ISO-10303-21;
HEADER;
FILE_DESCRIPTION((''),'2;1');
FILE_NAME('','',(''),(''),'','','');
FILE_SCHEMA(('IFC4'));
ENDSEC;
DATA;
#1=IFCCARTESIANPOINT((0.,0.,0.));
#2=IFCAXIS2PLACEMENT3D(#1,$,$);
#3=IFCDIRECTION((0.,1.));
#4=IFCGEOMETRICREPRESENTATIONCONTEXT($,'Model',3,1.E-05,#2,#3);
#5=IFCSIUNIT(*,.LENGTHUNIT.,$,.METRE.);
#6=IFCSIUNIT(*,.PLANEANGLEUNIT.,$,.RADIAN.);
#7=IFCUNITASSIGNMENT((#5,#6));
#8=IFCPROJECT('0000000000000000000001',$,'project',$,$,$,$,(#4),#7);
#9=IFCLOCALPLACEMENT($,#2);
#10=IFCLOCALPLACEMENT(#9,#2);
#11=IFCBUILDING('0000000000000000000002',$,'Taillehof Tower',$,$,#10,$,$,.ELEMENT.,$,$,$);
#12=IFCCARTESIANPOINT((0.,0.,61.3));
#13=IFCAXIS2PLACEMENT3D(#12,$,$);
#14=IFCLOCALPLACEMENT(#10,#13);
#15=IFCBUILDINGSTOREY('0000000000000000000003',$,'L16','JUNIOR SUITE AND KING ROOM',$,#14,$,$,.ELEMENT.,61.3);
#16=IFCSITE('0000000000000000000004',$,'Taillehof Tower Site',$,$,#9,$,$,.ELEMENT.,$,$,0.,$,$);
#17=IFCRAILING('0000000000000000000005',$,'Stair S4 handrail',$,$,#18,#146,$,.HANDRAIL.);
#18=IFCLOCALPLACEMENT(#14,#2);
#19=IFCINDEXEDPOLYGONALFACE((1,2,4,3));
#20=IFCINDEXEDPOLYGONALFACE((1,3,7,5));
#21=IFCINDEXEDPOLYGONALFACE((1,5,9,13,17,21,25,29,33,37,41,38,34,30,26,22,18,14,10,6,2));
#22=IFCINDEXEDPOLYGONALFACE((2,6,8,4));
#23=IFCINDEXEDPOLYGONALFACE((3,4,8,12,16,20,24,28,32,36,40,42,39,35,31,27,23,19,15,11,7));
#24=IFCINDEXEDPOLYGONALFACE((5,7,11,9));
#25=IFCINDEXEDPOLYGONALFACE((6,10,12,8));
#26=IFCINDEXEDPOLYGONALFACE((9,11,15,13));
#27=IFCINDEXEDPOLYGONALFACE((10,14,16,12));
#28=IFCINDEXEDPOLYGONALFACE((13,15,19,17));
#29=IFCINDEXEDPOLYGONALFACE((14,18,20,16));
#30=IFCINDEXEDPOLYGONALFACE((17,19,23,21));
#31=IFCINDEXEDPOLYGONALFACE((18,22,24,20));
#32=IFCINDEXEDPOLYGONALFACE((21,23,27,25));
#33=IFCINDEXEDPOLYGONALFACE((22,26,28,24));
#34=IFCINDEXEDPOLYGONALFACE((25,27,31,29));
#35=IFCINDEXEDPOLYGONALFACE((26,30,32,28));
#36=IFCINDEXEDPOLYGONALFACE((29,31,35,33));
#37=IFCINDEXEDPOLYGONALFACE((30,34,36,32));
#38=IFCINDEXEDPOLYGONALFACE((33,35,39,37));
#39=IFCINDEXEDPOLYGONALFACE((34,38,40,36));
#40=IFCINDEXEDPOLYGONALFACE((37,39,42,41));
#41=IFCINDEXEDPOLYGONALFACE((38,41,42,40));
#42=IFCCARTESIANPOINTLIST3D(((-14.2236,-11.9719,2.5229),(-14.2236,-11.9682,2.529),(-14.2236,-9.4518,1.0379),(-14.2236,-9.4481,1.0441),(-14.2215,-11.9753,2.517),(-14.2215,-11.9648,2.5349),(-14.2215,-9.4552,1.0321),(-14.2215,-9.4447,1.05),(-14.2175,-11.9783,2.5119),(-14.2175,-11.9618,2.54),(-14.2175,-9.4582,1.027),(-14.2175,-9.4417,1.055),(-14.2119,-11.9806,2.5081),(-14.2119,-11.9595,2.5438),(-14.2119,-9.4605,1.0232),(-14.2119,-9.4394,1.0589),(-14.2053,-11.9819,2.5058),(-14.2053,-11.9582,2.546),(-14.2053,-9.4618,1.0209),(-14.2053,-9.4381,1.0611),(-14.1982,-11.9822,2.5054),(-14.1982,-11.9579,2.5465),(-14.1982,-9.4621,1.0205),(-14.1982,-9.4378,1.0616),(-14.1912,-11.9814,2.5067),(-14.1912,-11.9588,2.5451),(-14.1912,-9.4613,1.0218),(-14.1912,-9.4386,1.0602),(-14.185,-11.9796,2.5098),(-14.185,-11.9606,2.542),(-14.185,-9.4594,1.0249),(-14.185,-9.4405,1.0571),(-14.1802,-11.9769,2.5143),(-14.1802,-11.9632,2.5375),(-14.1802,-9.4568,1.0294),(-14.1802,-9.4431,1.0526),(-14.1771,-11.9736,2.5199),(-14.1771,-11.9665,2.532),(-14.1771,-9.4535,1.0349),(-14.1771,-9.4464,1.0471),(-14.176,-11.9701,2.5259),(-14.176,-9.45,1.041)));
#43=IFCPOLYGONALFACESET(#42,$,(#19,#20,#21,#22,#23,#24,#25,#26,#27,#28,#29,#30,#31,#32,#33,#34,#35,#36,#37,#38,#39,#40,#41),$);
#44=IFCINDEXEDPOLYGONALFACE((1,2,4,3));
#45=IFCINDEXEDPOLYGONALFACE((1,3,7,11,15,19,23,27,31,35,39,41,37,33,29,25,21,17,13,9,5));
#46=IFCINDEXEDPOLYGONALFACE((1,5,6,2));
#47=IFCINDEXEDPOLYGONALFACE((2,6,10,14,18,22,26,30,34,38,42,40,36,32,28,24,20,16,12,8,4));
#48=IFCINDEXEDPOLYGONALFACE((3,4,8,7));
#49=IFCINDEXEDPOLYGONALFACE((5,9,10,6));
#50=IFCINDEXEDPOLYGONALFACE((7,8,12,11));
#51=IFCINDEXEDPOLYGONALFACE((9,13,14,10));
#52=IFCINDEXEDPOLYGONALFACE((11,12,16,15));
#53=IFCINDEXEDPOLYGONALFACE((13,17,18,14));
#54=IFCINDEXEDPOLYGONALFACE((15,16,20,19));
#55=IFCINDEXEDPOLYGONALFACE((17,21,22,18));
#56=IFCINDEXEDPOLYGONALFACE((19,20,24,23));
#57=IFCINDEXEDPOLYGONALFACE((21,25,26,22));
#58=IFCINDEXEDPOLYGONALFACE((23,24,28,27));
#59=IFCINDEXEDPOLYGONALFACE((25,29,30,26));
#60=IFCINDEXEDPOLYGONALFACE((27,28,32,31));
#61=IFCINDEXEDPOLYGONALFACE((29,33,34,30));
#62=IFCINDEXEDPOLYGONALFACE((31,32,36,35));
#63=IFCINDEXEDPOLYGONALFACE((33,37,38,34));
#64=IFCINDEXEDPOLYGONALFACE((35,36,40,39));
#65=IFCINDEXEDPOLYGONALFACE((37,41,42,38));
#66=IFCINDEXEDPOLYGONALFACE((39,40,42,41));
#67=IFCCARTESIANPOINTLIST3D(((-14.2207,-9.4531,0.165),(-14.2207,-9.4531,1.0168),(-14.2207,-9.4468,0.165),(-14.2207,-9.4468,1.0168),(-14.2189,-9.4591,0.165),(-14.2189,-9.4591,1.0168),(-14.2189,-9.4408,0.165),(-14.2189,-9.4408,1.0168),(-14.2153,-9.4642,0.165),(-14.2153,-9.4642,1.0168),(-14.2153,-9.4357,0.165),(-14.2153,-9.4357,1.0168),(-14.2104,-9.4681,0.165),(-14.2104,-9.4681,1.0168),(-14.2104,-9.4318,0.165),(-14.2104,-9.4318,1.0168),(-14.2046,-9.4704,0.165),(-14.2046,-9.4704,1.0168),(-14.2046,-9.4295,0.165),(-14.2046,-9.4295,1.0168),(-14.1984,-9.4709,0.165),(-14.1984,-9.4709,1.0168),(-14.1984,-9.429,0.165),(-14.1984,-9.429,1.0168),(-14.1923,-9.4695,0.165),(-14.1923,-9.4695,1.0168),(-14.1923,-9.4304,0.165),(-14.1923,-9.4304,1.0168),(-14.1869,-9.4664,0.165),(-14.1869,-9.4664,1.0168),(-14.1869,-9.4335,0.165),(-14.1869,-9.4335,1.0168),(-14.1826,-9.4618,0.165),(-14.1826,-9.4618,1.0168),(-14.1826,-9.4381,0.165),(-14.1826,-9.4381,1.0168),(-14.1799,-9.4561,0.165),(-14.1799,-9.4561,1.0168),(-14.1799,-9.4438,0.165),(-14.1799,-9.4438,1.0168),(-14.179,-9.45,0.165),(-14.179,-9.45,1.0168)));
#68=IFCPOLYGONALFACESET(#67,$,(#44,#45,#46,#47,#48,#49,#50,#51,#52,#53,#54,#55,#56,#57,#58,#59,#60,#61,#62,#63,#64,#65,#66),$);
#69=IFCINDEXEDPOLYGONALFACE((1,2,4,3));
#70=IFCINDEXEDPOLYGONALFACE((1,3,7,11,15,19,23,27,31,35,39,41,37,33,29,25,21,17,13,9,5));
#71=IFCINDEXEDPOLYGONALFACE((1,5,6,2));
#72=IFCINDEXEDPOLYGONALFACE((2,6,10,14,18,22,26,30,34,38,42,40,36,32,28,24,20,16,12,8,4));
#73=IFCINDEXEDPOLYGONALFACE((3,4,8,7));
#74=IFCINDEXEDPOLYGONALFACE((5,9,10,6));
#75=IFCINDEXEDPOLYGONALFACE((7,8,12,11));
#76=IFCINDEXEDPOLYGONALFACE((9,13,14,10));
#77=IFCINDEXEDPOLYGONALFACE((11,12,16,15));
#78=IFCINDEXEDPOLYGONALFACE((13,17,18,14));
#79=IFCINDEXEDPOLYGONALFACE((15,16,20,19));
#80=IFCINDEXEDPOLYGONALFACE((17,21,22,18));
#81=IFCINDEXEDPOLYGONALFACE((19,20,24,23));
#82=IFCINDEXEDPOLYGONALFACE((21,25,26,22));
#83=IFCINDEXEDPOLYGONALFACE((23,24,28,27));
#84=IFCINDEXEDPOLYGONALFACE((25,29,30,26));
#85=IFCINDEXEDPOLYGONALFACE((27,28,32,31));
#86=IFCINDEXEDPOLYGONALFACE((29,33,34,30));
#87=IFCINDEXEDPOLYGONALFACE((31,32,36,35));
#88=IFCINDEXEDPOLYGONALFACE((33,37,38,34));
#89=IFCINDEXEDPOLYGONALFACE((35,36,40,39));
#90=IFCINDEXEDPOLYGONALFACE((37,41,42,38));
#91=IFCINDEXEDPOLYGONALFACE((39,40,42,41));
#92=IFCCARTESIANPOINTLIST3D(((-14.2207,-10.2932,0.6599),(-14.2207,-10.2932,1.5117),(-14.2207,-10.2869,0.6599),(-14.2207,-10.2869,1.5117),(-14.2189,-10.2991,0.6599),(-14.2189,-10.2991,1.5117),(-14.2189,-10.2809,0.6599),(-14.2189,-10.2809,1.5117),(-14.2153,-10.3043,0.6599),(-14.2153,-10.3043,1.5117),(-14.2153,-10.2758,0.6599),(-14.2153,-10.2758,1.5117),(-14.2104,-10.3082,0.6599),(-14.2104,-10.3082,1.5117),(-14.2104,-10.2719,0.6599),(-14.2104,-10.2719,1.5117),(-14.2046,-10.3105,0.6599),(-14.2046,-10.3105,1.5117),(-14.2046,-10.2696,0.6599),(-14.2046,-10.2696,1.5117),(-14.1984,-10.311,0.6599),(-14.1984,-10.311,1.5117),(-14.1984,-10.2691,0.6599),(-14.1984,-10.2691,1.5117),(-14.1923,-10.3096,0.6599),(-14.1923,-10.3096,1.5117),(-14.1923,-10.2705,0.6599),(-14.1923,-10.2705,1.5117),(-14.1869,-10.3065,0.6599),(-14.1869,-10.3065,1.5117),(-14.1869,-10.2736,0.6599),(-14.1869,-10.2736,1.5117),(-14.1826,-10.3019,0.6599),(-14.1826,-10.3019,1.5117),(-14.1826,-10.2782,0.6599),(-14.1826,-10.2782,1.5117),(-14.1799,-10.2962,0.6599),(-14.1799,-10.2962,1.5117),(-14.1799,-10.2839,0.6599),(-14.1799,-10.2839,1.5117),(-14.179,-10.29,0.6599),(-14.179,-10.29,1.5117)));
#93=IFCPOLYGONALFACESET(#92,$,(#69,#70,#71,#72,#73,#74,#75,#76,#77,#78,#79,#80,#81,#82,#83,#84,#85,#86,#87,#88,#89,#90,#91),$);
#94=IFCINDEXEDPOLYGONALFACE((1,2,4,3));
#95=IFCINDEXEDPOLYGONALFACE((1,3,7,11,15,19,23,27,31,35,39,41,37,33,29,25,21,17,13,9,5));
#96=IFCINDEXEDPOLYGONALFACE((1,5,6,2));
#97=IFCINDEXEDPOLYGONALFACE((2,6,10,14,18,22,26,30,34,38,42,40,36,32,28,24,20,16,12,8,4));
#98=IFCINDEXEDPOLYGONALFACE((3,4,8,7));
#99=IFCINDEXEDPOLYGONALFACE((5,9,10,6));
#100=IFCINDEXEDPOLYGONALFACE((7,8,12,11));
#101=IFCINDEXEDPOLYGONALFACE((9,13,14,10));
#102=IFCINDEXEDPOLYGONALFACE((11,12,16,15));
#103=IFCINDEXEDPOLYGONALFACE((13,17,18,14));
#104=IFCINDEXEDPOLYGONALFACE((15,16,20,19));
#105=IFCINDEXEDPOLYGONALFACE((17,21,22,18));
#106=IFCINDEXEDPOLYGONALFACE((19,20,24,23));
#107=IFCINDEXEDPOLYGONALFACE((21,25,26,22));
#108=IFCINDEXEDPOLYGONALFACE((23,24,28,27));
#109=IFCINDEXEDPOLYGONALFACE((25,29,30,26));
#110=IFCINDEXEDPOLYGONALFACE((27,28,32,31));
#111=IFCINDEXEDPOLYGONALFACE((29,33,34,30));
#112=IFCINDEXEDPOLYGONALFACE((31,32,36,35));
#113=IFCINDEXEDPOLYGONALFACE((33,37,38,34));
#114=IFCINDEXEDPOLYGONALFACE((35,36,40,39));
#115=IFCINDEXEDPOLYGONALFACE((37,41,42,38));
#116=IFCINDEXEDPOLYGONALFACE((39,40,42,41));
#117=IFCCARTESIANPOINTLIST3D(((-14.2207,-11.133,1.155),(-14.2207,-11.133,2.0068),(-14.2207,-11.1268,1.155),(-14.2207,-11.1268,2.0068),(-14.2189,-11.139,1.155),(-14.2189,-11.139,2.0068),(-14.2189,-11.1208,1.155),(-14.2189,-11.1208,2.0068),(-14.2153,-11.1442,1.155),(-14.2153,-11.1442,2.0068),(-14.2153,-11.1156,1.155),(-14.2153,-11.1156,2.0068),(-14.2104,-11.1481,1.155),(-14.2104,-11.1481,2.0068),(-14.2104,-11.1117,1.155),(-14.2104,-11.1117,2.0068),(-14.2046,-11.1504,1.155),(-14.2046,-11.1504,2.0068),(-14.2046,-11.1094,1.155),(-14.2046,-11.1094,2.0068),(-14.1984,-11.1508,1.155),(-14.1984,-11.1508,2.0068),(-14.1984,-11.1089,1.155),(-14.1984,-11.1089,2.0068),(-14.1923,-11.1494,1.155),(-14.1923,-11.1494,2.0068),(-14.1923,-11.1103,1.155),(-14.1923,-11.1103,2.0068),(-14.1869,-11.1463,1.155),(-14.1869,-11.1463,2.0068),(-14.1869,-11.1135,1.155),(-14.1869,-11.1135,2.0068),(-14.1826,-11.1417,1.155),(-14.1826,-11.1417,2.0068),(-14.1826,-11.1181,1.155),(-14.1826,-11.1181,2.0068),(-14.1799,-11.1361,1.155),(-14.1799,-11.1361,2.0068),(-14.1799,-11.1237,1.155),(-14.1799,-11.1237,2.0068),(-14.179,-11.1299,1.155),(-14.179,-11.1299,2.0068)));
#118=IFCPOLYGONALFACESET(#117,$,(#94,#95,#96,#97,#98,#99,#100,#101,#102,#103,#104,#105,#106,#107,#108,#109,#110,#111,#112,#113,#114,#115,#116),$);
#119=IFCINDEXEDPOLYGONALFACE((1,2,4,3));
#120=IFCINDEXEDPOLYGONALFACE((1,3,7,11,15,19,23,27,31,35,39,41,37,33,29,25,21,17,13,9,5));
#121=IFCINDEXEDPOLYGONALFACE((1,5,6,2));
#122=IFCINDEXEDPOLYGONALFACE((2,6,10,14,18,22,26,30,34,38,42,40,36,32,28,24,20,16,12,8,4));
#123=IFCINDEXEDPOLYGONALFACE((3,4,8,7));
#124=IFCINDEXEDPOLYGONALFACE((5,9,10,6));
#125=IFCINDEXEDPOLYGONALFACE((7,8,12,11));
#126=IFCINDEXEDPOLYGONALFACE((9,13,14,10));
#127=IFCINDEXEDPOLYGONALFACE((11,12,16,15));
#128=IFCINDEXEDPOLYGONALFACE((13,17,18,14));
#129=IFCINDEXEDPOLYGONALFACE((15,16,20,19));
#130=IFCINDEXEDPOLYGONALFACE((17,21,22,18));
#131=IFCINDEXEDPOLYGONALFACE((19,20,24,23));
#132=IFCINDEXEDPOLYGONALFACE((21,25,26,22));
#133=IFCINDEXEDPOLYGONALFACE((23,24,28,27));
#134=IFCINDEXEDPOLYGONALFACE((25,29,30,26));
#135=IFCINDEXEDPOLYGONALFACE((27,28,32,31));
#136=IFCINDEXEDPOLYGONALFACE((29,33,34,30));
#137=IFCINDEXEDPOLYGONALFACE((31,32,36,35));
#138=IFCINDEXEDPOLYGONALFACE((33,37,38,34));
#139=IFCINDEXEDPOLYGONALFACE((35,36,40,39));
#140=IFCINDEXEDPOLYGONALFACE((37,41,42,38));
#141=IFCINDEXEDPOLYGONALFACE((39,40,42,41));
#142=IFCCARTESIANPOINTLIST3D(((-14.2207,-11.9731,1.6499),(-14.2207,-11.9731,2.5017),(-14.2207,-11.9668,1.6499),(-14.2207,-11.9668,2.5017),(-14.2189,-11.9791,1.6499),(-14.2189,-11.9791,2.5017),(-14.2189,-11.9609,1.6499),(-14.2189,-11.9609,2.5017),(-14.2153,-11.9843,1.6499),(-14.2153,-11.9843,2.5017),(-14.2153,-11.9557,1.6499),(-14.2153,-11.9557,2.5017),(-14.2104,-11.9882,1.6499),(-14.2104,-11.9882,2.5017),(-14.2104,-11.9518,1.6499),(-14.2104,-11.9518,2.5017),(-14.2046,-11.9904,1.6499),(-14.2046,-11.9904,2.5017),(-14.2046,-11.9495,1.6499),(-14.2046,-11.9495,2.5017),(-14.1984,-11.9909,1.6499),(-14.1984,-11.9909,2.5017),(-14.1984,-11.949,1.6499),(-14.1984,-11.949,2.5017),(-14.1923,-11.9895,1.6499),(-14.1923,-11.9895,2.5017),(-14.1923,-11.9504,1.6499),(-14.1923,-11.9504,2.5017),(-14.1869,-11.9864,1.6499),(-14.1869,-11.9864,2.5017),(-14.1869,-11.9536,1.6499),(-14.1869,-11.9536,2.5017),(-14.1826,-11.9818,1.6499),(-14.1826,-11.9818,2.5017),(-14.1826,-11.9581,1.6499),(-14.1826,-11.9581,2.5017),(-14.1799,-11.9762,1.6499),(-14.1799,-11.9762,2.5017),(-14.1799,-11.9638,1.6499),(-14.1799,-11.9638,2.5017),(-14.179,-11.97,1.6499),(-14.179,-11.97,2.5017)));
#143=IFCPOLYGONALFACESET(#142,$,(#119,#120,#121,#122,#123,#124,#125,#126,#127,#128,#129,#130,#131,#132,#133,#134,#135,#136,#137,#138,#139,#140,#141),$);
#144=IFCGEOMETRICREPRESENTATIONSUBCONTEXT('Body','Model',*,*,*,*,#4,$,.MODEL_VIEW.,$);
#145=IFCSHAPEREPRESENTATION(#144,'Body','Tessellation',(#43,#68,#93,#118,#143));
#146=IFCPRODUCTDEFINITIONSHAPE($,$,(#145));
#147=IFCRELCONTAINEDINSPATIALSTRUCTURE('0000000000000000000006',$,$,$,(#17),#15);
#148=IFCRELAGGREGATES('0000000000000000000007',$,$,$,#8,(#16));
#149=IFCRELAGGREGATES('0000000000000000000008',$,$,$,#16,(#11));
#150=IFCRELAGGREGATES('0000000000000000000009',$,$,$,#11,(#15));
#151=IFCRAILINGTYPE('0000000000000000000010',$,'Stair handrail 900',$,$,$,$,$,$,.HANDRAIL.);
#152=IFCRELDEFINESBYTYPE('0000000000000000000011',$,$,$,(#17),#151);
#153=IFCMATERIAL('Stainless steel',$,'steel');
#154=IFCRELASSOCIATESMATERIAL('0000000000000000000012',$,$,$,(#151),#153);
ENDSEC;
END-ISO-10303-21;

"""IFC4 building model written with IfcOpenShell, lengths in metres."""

from ifc_helpers import new_model, si_unit, direction, frame, origin, origin_2d, place, context, subcontext, project, spatial, circle, extrude, material, type_object, element, save


model = new_model("IFC4")

# Units and contexts
model_context = context("Model", 3, precision=1e-05, world=origin(), true_north=direction((0.0, 1.0)))
body_context = subcontext(model_context, "Body", "Model", "MODEL_VIEW")
ifc_project = project(units=[si_unit("LENGTHUNIT", "METRE"), si_unit("PLANEANGLEUNIT", "RADIAN")], contexts=[model_context])

# Site, building, storey
site_placement = place(None, origin())
site = spatial("IfcSite", under=ifc_project, at=site_placement, Name="Taillehof Tower Site", CompositionType="ELEMENT", RefElevation=0.0)
building_placement = place(site_placement, origin())
building = spatial("IfcBuilding", under=site, at=building_placement, Name="Taillehof Tower", CompositionType="ELEMENT")
storey_placement = place(building_placement, frame((0.0, 0.0, 61.3)))
storey = spatial("IfcBuildingStorey", under=building, at=storey_placement, Name="L16", Description="JUNIOR SUITE AND KING ROOM", CompositionType="ELEMENT", Elevation=61.3)

# Railing
ifc_material_1 = material(Name="Stainless steel", Category="steel")
railing_type = type_object("IfcRailingType", Name="Stair handrail 900", PredefinedType="HANDRAIL", material=ifc_material_1)
railing_1_placement = place(storey_placement, frame((-14.2, -9.45, 0.165)))
element("IfcRailing", 1, at=railing_1_placement, inside=storey, type_object=railing_type, Name="Stair S4 handrail", PredefinedType="HANDRAIL", context=body_context, shape_type="SweptSolid", body=[
    extrude(circle(Radius=0.0239, at=origin_2d()), frame((0.0, 0.0, 0.876), z_axis=(0.0, -0.861561, 0.507655), x_axis=(1.0, 0.0, 0.0)), (0.0, 0.0, 1.0), 2.925),
    extrude(circle(Radius=0.021, at=origin_2d()), origin(), (0.0, 0.0, 1.0), 0.8518),
    extrude(circle(Radius=0.021, at=origin_2d()), frame((0.0, -0.8401, 0.4949)), (0.0, 0.0, 1.0), 0.8518),
    extrude(circle(Radius=0.021, at=origin_2d()), frame((0.0, -1.6799, 0.99)), (0.0, 0.0, 1.0), 0.8518),
    extrude(circle(Radius=0.021, at=origin_2d()), frame((0.0, -2.52, 1.4849)), (0.0, 0.0, 1.0), 0.8518),
])

save(model, "model.ifc")
